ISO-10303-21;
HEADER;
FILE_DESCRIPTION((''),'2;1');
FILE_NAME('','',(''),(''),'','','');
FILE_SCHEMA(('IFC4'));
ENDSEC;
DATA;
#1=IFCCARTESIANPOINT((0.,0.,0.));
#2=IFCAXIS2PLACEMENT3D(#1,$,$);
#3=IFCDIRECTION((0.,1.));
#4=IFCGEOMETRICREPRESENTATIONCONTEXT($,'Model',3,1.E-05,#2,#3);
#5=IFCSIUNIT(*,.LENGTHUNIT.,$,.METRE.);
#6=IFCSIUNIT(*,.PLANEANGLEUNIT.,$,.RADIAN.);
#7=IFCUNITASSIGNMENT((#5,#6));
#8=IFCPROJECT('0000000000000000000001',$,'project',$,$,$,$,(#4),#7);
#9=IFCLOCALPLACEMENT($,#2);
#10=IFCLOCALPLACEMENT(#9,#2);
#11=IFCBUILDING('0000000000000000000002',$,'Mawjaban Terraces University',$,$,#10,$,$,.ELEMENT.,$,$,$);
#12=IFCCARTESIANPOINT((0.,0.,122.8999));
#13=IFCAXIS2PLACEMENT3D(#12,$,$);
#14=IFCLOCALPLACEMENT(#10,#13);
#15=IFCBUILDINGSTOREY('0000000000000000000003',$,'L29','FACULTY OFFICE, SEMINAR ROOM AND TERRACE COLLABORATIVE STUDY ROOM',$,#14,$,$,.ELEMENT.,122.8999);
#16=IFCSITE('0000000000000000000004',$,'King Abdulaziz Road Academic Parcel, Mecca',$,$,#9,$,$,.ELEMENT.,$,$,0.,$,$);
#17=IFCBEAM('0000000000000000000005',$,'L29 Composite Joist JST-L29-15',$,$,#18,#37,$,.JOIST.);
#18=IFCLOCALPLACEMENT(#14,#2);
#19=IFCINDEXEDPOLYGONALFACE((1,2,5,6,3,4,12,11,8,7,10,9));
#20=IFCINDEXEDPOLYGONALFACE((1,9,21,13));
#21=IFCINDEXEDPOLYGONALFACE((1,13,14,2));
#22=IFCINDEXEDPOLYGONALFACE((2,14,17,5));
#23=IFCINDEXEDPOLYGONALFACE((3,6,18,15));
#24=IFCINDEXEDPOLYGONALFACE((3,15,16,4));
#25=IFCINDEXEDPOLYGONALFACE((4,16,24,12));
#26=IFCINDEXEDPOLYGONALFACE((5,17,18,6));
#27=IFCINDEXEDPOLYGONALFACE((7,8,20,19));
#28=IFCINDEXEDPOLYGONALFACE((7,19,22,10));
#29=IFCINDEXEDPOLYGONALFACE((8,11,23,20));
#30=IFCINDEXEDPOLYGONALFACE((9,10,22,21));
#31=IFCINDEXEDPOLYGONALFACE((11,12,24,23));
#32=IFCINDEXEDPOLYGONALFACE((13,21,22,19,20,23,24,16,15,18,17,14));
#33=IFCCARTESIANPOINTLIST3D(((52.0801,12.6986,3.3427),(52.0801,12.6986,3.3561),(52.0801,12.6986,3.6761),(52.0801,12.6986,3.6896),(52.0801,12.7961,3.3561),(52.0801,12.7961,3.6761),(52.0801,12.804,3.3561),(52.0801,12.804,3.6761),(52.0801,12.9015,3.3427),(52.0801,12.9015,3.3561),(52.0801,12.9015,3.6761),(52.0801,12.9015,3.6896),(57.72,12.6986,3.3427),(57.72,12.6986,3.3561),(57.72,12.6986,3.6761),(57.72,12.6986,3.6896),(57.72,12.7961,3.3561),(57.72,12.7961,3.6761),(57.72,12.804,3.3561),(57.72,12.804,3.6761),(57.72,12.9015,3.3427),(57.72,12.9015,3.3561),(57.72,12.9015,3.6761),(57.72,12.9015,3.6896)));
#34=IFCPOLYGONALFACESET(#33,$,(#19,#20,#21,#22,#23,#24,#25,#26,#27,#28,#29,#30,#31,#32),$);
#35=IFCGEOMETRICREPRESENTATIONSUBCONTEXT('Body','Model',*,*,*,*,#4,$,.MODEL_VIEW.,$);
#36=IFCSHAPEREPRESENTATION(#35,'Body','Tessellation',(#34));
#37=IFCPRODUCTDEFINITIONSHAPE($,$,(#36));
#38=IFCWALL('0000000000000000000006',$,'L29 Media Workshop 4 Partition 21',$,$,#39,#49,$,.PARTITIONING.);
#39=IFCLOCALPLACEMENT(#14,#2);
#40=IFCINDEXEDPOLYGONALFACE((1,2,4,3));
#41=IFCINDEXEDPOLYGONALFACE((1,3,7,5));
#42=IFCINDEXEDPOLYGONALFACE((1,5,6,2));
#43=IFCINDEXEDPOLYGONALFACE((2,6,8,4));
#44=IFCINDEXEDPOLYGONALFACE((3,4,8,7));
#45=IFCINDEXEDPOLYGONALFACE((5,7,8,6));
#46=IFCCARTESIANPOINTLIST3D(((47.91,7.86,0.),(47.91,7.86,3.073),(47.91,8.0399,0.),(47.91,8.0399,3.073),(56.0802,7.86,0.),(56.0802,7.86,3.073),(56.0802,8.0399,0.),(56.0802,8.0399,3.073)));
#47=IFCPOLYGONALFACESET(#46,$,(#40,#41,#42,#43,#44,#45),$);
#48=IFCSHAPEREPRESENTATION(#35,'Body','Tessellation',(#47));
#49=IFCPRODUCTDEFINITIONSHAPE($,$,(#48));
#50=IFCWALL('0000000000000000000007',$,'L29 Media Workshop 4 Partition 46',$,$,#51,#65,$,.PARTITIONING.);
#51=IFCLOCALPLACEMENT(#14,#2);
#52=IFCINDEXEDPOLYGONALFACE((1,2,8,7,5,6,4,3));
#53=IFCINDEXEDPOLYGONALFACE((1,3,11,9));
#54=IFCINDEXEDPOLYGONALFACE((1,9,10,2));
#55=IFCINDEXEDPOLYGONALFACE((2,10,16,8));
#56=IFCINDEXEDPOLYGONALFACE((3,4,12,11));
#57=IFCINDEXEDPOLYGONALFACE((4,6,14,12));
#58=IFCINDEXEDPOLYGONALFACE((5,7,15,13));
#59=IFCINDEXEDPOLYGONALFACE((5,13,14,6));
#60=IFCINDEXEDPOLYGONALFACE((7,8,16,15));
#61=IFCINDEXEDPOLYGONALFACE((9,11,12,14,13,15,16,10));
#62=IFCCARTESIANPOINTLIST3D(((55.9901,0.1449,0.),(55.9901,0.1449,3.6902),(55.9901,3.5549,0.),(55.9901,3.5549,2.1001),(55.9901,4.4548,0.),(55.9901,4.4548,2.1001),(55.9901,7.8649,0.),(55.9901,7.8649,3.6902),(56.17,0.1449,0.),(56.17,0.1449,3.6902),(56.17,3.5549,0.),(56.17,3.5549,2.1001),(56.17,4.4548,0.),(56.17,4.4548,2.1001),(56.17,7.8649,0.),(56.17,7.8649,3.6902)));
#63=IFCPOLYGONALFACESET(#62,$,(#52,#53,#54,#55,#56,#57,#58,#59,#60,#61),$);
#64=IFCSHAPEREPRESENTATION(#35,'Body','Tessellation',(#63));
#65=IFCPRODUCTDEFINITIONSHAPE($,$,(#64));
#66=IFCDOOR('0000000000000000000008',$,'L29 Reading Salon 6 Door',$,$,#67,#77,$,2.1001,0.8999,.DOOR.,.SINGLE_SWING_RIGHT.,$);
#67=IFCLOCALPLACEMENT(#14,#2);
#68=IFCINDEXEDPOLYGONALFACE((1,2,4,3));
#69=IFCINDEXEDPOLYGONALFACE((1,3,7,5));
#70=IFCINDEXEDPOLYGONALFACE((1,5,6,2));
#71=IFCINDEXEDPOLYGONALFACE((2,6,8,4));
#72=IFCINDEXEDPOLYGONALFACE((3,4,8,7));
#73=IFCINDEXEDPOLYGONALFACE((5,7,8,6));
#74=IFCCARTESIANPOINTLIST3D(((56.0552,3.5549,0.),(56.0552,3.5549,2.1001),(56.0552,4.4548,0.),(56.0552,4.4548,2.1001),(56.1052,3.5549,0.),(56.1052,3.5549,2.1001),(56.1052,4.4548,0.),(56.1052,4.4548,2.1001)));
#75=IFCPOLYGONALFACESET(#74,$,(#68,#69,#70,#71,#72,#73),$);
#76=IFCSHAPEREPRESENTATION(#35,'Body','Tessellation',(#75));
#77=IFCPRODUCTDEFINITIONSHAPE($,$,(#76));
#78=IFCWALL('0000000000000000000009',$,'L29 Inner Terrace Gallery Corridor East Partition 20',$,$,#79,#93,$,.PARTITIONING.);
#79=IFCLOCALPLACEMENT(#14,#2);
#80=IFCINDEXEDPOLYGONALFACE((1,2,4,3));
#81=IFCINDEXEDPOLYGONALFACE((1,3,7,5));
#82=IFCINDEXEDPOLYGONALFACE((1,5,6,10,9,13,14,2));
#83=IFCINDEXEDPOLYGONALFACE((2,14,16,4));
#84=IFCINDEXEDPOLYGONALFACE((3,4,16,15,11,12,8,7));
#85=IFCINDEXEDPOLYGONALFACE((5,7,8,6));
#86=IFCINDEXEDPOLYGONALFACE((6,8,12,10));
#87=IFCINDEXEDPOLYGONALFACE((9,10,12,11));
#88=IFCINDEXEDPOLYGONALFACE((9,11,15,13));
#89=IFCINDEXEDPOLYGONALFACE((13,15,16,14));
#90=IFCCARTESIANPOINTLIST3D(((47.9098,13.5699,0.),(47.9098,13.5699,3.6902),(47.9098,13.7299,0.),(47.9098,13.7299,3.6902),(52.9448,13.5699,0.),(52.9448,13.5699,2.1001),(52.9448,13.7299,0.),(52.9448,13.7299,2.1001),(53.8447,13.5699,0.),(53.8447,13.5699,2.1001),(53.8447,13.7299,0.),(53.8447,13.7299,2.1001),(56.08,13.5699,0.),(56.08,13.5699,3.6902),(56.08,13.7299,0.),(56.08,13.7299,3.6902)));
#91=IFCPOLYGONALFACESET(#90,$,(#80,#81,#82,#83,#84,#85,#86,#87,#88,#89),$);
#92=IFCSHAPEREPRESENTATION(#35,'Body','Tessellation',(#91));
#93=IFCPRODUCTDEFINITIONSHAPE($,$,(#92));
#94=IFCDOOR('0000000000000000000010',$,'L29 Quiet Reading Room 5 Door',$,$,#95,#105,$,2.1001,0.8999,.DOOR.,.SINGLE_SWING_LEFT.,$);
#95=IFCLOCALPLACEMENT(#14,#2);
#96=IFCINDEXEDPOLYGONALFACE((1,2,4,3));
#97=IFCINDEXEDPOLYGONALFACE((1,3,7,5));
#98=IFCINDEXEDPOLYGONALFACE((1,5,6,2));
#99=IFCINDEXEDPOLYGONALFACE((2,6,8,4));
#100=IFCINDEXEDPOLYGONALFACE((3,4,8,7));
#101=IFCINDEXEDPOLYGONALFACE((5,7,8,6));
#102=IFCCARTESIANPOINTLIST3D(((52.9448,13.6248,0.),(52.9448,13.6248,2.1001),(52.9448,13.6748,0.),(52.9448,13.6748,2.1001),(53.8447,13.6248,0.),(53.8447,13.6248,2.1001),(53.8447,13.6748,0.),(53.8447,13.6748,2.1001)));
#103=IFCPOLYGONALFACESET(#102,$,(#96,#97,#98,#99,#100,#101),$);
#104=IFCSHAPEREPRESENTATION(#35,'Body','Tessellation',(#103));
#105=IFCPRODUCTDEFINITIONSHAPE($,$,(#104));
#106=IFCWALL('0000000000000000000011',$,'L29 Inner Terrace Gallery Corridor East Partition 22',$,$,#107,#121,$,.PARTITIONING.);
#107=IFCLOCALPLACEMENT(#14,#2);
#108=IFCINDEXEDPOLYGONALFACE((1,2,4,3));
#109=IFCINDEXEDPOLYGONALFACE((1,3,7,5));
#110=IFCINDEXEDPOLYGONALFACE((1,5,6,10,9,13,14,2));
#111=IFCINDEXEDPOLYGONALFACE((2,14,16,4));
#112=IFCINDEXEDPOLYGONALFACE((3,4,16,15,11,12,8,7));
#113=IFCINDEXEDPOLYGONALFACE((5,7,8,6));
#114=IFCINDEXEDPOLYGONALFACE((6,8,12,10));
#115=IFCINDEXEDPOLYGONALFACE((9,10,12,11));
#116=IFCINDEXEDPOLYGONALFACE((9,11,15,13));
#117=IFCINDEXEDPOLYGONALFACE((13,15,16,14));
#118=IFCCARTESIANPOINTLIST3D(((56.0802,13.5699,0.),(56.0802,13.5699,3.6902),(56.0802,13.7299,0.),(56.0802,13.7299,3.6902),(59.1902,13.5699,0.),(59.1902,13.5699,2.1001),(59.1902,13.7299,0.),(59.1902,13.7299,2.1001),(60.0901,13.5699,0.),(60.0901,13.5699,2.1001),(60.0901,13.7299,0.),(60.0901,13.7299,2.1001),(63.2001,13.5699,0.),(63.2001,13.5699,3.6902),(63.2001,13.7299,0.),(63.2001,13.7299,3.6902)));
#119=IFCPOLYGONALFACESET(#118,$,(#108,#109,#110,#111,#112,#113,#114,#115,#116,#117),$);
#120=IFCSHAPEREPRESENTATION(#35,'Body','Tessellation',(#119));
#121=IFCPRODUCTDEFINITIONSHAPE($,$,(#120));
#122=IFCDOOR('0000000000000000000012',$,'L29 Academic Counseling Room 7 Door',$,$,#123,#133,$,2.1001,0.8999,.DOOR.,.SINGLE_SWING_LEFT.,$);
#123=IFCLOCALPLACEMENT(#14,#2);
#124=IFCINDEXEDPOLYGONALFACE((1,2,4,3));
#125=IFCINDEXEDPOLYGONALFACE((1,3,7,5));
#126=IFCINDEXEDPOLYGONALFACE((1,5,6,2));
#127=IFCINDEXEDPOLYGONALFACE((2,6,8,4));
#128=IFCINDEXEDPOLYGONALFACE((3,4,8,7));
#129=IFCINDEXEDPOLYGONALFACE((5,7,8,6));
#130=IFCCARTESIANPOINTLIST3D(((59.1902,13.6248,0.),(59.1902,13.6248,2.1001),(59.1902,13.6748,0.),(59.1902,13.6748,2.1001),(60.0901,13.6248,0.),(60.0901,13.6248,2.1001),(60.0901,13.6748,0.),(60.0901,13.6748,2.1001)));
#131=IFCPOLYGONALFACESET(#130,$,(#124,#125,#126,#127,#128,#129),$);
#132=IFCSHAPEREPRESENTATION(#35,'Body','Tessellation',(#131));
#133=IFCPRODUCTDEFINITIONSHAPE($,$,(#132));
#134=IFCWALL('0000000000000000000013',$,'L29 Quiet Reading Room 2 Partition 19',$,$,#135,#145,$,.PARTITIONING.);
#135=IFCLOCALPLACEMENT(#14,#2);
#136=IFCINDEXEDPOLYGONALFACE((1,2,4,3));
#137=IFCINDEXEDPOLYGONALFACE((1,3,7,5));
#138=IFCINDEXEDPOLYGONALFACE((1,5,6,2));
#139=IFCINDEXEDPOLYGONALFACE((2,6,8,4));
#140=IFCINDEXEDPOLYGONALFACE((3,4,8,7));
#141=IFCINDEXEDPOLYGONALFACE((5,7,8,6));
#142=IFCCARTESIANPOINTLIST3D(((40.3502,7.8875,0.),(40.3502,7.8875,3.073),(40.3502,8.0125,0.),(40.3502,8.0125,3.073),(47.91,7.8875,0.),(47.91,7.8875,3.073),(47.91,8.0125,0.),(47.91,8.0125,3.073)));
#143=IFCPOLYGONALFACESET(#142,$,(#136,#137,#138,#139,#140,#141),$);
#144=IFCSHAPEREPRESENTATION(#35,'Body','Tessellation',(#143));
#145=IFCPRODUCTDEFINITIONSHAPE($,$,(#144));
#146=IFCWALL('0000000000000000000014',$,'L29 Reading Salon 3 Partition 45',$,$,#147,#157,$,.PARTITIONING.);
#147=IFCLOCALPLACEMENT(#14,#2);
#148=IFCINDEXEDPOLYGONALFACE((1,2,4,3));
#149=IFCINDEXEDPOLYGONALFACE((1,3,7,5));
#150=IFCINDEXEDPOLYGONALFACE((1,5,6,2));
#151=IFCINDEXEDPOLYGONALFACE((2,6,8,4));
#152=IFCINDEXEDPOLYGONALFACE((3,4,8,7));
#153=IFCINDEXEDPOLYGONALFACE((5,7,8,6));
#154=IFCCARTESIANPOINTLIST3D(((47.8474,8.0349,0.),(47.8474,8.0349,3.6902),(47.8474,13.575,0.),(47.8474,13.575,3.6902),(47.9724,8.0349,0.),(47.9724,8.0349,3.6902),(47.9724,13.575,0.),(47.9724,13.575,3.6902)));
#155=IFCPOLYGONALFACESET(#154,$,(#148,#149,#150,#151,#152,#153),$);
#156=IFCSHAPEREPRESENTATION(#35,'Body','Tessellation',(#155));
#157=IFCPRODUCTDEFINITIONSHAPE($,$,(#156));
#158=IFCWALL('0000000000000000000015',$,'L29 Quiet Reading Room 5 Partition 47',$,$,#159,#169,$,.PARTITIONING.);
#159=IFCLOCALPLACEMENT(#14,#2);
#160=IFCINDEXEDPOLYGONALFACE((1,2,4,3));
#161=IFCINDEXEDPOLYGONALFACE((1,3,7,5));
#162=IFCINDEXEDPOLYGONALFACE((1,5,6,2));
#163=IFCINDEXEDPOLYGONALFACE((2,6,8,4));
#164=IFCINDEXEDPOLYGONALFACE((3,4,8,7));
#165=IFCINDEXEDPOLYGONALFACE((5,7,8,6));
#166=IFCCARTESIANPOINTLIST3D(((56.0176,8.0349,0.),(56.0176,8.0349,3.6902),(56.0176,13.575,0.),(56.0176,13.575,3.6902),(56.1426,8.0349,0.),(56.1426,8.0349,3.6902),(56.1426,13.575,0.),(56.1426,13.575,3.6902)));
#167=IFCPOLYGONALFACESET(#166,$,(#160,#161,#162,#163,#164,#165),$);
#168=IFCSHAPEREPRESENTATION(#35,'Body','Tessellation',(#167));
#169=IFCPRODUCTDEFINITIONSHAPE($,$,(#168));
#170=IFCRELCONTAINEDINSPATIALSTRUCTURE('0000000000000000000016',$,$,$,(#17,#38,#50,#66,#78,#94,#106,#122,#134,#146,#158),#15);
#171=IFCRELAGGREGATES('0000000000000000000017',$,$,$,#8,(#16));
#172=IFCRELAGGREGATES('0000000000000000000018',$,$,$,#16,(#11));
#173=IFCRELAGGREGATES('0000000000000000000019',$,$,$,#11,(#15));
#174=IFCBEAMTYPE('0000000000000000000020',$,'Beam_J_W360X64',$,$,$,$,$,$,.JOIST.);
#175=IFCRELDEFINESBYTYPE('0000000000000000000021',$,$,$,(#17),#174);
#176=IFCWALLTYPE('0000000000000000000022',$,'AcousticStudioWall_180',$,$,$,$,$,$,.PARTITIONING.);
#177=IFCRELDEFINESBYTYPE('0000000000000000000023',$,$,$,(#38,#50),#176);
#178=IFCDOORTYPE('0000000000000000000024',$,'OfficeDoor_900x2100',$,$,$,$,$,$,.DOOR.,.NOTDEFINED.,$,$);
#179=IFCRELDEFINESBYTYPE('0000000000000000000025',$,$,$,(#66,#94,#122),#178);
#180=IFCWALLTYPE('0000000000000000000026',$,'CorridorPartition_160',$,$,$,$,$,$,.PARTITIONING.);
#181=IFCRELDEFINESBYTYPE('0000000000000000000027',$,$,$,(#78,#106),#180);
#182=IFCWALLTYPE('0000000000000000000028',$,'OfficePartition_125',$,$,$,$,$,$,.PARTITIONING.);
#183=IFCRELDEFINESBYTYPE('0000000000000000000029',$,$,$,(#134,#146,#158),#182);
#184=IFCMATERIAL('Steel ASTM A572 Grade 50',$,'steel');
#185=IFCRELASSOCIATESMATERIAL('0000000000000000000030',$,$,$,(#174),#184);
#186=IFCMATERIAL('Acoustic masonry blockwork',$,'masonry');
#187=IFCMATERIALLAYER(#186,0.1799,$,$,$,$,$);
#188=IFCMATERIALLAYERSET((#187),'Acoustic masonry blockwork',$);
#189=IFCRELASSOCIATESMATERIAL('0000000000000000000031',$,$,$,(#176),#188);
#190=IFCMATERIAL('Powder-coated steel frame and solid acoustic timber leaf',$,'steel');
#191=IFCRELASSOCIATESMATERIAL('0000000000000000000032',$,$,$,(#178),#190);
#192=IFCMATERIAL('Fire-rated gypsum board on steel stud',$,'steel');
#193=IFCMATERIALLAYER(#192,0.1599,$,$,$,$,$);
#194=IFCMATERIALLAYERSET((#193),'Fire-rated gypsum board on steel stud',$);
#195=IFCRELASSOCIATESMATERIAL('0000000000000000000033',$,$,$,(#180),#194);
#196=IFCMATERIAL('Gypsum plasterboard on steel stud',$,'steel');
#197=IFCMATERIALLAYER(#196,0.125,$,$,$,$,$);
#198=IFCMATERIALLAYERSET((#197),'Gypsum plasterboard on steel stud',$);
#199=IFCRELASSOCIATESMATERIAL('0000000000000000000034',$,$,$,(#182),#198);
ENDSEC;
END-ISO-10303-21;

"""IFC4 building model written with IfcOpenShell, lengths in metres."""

from ifc_helpers import new_model, si_unit, direction, frame, frame_2d, origin, origin_2d, place, context, subcontext, project, spatial, rectangle, i_section, extrude, material, layer, layer_set, material_profile, profile_set, type_object, element, fill, save


model = new_model("IFC4")

# Units and contexts
model_context = context("Model", 3, precision=1e-05, world=origin(), true_north=direction((0.0, 1.0)))
body_context = subcontext(model_context, "Body", "Model", "MODEL_VIEW")
ifc_project = project(units=[si_unit("LENGTHUNIT", "METRE"), si_unit("PLANEANGLEUNIT", "RADIAN")], contexts=[model_context])

# Site, building, storey
site_placement = place(None, origin())
site = spatial("IfcSite", under=ifc_project, at=site_placement, Name="King Abdulaziz Road Academic Parcel, Mecca", CompositionType="ELEMENT", RefElevation=0.0)
building_placement = place(site_placement, origin())
building = spatial("IfcBuilding", under=site, at=building_placement, Name="Mawjaban Terraces University", CompositionType="ELEMENT")
storey_placement = place(building_placement, frame((0.0, 0.0, 122.8999)))
storey = spatial("IfcBuildingStorey", under=building, at=storey_placement, Name="L29", Description="FACULTY OFFICE, SEMINAR ROOM AND TERRACE COLLABORATIVE STUDY ROOM", CompositionType="ELEMENT", Elevation=122.8999)

# Beam
ifc_material_1 = material(Name="Steel ASTM A572 Grade 50", Category="steel")
ifc_material_profile_1 = material_profile(ifc_material_1, i_section(OverallWidth=0.2029, OverallDepth=0.3469, WebThickness=0.0078, FlangeThickness=0.0134, at=origin_2d()), Name="W360X64")
ifc_profile_set_1 = profile_set([ifc_material_profile_1], Name="Steel ASTM A572 Grade 50")
beam_type_1 = type_object("IfcBeamType", Name="Beam_J_W360X64", PredefinedType="JOIST", material=ifc_profile_set_1)
for number, where, z_axis, x_axis, name in (
    (1, (52.0801, 12.8, 3.5161), (1.0, 0.0, 0.0), (0.0, 1.0, 0.0), "L29 Composite Joist JST-L29-15"),
):
    element("IfcBeam", number, at=place(storey_placement, frame(where, z_axis=z_axis, x_axis=x_axis)), inside=storey, type_object=beam_type_1, Name=name, PredefinedType="JOIST", context=body_context, shape_type="SweptSolid", body=[
        extrude(i_section(OverallWidth=0.2029, OverallDepth=0.3469, WebThickness=0.0078, FlangeThickness=0.0134, at=origin_2d()), origin(), (0.0, 0.0, 1.0), 5.6399),
    ])

# Wall
ifc_material_2 = material(Name="Acoustic masonry blockwork", Category="masonry")
ifc_layer_1 = layer(ifc_material_2, 0.1799)
ifc_layer_set_1 = layer_set([ifc_layer_1], Name="Acoustic masonry blockwork")
wall_type_1 = type_object("IfcWallType", Name="AcousticStudioWall_180", PredefinedType="PARTITIONING", material=ifc_layer_set_1)
wall_1_placement = place(storey_placement, frame((56.0801, 7.95, 0.0), z_axis=(0.0, 0.0, 1.0), x_axis=(-1.0, 0.0, 0.0)))
element("IfcWall", 2, at=wall_1_placement, inside=storey, type_object=wall_type_1, Name="L29 Media Workshop 4 Partition 21", PredefinedType="PARTITIONING", context=body_context, shape_type="SweptSolid", body=[
    extrude(rectangle(XDim=8.1702, YDim=0.1799, at=frame_2d((4.085, 0.0))), origin(), (0.0, 0.0, 1.0), 3.073),
])

# Walls, openings, doors
wall_2_placement = place(storey_placement, frame((56.0801, 0.145, 0.0), z_axis=(0.0, 0.0, 1.0), x_axis=(0.0, 1.0, 0.0)))
wall_2 = element("IfcWall", 3, at=wall_2_placement, inside=storey, type_object=wall_type_1, Name="L29 Media Workshop 4 Partition 46", PredefinedType="PARTITIONING", context=body_context, shape_type="SweptSolid", body=[
    extrude(rectangle(XDim=7.72, YDim=0.1799, at=frame_2d((3.8599, 0.0))), origin(), (0.0, 0.0, 1.0), 3.6902),
])
opening_1_placement = place(wall_2_placement, frame((3.4099, 0.0, 0.0)))
opening_1 = element("IfcOpeningElement", 4, at=opening_1_placement, cuts=wall_2, PredefinedType="OPENING", context=body_context, shape_type="SweptSolid", body=[
    extrude(rectangle(XDim=0.8999, YDim=2.1001, at=frame_2d((0.45, 1.05))), frame((0.0, 0.0999, 0.0), z_axis=(0.0, -1.0, 0.0), x_axis=(1.0, 0.0, 0.0)), (0.0, 0.0, 1.0), 0.2),
])
ifc_material_3 = material(Name="Powder-coated steel frame and solid acoustic timber leaf", Category="steel")
door_type = type_object("IfcDoorType", Name="OfficeDoor_900x2100", OperationType="NOTDEFINED", PredefinedType="DOOR", material=ifc_material_3)
door_1_placement = place(opening_1_placement, origin())
door_1 = element("IfcDoor", 5, at=door_1_placement, inside=storey, type_object=door_type, Name="L29 Reading Salon 6 Door", OperationType="SINGLE_SWING_RIGHT", OverallHeight=2.1001, OverallWidth=0.8999, PredefinedType="DOOR", context=body_context, shape_type="SweptSolid", body=[
    extrude(rectangle(XDim=0.8999, YDim=2.1001, at=frame_2d((0.45, 1.05))), frame((0.0, 0.0249, 0.0), z_axis=(0.0, -1.0, 0.0), x_axis=(1.0, 0.0, 0.0)), (0.0, 0.0, 1.0), 0.05),
])
fill(opening_1, door_1)
ifc_material_4 = material(Name="Fire-rated gypsum board on steel stud", Category="steel")
ifc_layer_2 = layer(ifc_material_4, 0.1599)
ifc_layer_set_2 = layer_set([ifc_layer_2], Name="Fire-rated gypsum board on steel stud")
wall_type_2 = type_object("IfcWallType", Name="CorridorPartition_160", PredefinedType="PARTITIONING", material=ifc_layer_set_2)
wall_3_placement = place(storey_placement, frame((47.9099, 13.6499, 0.0), z_axis=(0.0, 0.0, 1.0), x_axis=(1.0, 0.0, 0.0)))
wall_3 = element("IfcWall", 6, at=wall_3_placement, inside=storey, type_object=wall_type_2, Name="L29 Inner Terrace Gallery Corridor East Partition 20", PredefinedType="PARTITIONING", context=body_context, shape_type="SweptSolid", body=[
    extrude(rectangle(XDim=8.1702, YDim=0.1599, at=frame_2d((4.085, 0.0))), origin(), (0.0, 0.0, 1.0), 3.6902),
])
opening_2_placement = place(wall_3_placement, frame((5.0349, 0.0, 0.0)))
opening_2 = element("IfcOpeningElement", 7, at=opening_2_placement, cuts=wall_3, PredefinedType="OPENING", context=body_context, shape_type="SweptSolid", body=[
    extrude(rectangle(XDim=0.8999, YDim=2.1001, at=frame_2d((0.45, 1.05))), frame((0.0, 0.0898, 0.0), z_axis=(0.0, -1.0, 0.0), x_axis=(1.0, 0.0, 0.0)), (0.0, 0.0, 1.0), 0.1799),
])
door_2_placement = place(opening_2_placement, origin())
door_2 = element("IfcDoor", 8, at=door_2_placement, inside=storey, type_object=door_type, Name="L29 Quiet Reading Room 5 Door", OperationType="SINGLE_SWING_LEFT", OverallHeight=2.1001, OverallWidth=0.8999, PredefinedType="DOOR", context=body_context, shape_type="SweptSolid", body=[
    extrude(rectangle(XDim=0.8999, YDim=2.1001, at=frame_2d((0.45, 1.05))), frame((0.0, 0.0249, 0.0), z_axis=(0.0, -1.0, 0.0), x_axis=(1.0, 0.0, 0.0)), (0.0, 0.0, 1.0), 0.05),
])
fill(opening_2, door_2)
wall_4_placement = place(storey_placement, frame((56.0801, 13.6499, 0.0), z_axis=(0.0, 0.0, 1.0), x_axis=(1.0, 0.0, 0.0)))
wall_4 = element("IfcWall", 9, at=wall_4_placement, inside=storey, type_object=wall_type_2, Name="L29 Inner Terrace Gallery Corridor East Partition 22", PredefinedType="PARTITIONING", context=body_context, shape_type="SweptSolid", body=[
    extrude(rectangle(XDim=7.1199, YDim=0.1599, at=frame_2d((3.5601, 0.0))), origin(), (0.0, 0.0, 1.0), 3.6902),
])
opening_3_placement = place(wall_4_placement, frame((3.1101, 0.0, 0.0)))
opening_3 = element("IfcOpeningElement", 10, at=opening_3_placement, cuts=wall_4, PredefinedType="OPENING", context=body_context, shape_type="SweptSolid", body=[
    extrude(rectangle(XDim=0.8999, YDim=2.1001, at=frame_2d((0.45, 1.05))), frame((0.0, 0.0898, 0.0), z_axis=(0.0, -1.0, 0.0), x_axis=(1.0, 0.0, 0.0)), (0.0, 0.0, 1.0), 0.1799),
])
door_3_placement = place(opening_3_placement, origin())
door_3 = element("IfcDoor", 11, at=door_3_placement, inside=storey, type_object=door_type, Name="L29 Academic Counseling Room 7 Door", OperationType="SINGLE_SWING_LEFT", OverallHeight=2.1001, OverallWidth=0.8999, PredefinedType="DOOR", context=body_context, shape_type="SweptSolid", body=[
    extrude(rectangle(XDim=0.8999, YDim=2.1001, at=frame_2d((0.45, 1.05))), frame((0.0, 0.0249, 0.0), z_axis=(0.0, -1.0, 0.0), x_axis=(1.0, 0.0, 0.0)), (0.0, 0.0, 1.0), 0.05),
])
fill(opening_3, door_3)

# Walls
ifc_material_5 = material(Name="Gypsum plasterboard on steel stud", Category="steel")
ifc_layer_3 = layer(ifc_material_5, 0.125)
ifc_layer_set_3 = layer_set([ifc_layer_3], Name="Gypsum plasterboard on steel stud")
wall_type_3 = type_object("IfcWallType", Name="OfficePartition_125", PredefinedType="PARTITIONING", material=ifc_layer_set_3)
wall_5_placement = place(storey_placement, frame((47.9099, 7.95, 0.0), z_axis=(0.0, 0.0, 1.0), x_axis=(-1.0, 0.0, 0.0)))
element("IfcWall", 12, at=wall_5_placement, inside=storey, type_object=wall_type_3, Name="L29 Quiet Reading Room 2 Partition 19", PredefinedType="PARTITIONING", context=body_context, shape_type="SweptSolid", body=[
    extrude(rectangle(XDim=7.5598, YDim=0.125, at=frame_2d((3.7798, 0.0))), origin(), (0.0, 0.0, 1.0), 3.073),
])
for number, where, z_axis, x_axis, name in (
    (13, (47.9099, 8.0349, 0.0), (0.0, 0.0, 1.0), (0.0, 1.0, 0.0), "L29 Reading Salon 3 Partition 45"),
    (14, (56.0801, 8.0349, 0.0), (0.0, 0.0, 1.0), (0.0, 1.0, 0.0), "L29 Quiet Reading Room 5 Partition 47"),
):
    element("IfcWall", number, at=place(storey_placement, frame(where, z_axis=z_axis, x_axis=x_axis)), inside=storey, type_object=wall_type_3, Name=name, PredefinedType="PARTITIONING", context=body_context, shape_type="SweptSolid", body=[
        extrude(rectangle(XDim=5.54, YDim=0.125, at=frame_2d((2.77, 0.0))), origin(), (0.0, 0.0, 1.0), 3.6902),
    ])

save(model, "model.ifc")
